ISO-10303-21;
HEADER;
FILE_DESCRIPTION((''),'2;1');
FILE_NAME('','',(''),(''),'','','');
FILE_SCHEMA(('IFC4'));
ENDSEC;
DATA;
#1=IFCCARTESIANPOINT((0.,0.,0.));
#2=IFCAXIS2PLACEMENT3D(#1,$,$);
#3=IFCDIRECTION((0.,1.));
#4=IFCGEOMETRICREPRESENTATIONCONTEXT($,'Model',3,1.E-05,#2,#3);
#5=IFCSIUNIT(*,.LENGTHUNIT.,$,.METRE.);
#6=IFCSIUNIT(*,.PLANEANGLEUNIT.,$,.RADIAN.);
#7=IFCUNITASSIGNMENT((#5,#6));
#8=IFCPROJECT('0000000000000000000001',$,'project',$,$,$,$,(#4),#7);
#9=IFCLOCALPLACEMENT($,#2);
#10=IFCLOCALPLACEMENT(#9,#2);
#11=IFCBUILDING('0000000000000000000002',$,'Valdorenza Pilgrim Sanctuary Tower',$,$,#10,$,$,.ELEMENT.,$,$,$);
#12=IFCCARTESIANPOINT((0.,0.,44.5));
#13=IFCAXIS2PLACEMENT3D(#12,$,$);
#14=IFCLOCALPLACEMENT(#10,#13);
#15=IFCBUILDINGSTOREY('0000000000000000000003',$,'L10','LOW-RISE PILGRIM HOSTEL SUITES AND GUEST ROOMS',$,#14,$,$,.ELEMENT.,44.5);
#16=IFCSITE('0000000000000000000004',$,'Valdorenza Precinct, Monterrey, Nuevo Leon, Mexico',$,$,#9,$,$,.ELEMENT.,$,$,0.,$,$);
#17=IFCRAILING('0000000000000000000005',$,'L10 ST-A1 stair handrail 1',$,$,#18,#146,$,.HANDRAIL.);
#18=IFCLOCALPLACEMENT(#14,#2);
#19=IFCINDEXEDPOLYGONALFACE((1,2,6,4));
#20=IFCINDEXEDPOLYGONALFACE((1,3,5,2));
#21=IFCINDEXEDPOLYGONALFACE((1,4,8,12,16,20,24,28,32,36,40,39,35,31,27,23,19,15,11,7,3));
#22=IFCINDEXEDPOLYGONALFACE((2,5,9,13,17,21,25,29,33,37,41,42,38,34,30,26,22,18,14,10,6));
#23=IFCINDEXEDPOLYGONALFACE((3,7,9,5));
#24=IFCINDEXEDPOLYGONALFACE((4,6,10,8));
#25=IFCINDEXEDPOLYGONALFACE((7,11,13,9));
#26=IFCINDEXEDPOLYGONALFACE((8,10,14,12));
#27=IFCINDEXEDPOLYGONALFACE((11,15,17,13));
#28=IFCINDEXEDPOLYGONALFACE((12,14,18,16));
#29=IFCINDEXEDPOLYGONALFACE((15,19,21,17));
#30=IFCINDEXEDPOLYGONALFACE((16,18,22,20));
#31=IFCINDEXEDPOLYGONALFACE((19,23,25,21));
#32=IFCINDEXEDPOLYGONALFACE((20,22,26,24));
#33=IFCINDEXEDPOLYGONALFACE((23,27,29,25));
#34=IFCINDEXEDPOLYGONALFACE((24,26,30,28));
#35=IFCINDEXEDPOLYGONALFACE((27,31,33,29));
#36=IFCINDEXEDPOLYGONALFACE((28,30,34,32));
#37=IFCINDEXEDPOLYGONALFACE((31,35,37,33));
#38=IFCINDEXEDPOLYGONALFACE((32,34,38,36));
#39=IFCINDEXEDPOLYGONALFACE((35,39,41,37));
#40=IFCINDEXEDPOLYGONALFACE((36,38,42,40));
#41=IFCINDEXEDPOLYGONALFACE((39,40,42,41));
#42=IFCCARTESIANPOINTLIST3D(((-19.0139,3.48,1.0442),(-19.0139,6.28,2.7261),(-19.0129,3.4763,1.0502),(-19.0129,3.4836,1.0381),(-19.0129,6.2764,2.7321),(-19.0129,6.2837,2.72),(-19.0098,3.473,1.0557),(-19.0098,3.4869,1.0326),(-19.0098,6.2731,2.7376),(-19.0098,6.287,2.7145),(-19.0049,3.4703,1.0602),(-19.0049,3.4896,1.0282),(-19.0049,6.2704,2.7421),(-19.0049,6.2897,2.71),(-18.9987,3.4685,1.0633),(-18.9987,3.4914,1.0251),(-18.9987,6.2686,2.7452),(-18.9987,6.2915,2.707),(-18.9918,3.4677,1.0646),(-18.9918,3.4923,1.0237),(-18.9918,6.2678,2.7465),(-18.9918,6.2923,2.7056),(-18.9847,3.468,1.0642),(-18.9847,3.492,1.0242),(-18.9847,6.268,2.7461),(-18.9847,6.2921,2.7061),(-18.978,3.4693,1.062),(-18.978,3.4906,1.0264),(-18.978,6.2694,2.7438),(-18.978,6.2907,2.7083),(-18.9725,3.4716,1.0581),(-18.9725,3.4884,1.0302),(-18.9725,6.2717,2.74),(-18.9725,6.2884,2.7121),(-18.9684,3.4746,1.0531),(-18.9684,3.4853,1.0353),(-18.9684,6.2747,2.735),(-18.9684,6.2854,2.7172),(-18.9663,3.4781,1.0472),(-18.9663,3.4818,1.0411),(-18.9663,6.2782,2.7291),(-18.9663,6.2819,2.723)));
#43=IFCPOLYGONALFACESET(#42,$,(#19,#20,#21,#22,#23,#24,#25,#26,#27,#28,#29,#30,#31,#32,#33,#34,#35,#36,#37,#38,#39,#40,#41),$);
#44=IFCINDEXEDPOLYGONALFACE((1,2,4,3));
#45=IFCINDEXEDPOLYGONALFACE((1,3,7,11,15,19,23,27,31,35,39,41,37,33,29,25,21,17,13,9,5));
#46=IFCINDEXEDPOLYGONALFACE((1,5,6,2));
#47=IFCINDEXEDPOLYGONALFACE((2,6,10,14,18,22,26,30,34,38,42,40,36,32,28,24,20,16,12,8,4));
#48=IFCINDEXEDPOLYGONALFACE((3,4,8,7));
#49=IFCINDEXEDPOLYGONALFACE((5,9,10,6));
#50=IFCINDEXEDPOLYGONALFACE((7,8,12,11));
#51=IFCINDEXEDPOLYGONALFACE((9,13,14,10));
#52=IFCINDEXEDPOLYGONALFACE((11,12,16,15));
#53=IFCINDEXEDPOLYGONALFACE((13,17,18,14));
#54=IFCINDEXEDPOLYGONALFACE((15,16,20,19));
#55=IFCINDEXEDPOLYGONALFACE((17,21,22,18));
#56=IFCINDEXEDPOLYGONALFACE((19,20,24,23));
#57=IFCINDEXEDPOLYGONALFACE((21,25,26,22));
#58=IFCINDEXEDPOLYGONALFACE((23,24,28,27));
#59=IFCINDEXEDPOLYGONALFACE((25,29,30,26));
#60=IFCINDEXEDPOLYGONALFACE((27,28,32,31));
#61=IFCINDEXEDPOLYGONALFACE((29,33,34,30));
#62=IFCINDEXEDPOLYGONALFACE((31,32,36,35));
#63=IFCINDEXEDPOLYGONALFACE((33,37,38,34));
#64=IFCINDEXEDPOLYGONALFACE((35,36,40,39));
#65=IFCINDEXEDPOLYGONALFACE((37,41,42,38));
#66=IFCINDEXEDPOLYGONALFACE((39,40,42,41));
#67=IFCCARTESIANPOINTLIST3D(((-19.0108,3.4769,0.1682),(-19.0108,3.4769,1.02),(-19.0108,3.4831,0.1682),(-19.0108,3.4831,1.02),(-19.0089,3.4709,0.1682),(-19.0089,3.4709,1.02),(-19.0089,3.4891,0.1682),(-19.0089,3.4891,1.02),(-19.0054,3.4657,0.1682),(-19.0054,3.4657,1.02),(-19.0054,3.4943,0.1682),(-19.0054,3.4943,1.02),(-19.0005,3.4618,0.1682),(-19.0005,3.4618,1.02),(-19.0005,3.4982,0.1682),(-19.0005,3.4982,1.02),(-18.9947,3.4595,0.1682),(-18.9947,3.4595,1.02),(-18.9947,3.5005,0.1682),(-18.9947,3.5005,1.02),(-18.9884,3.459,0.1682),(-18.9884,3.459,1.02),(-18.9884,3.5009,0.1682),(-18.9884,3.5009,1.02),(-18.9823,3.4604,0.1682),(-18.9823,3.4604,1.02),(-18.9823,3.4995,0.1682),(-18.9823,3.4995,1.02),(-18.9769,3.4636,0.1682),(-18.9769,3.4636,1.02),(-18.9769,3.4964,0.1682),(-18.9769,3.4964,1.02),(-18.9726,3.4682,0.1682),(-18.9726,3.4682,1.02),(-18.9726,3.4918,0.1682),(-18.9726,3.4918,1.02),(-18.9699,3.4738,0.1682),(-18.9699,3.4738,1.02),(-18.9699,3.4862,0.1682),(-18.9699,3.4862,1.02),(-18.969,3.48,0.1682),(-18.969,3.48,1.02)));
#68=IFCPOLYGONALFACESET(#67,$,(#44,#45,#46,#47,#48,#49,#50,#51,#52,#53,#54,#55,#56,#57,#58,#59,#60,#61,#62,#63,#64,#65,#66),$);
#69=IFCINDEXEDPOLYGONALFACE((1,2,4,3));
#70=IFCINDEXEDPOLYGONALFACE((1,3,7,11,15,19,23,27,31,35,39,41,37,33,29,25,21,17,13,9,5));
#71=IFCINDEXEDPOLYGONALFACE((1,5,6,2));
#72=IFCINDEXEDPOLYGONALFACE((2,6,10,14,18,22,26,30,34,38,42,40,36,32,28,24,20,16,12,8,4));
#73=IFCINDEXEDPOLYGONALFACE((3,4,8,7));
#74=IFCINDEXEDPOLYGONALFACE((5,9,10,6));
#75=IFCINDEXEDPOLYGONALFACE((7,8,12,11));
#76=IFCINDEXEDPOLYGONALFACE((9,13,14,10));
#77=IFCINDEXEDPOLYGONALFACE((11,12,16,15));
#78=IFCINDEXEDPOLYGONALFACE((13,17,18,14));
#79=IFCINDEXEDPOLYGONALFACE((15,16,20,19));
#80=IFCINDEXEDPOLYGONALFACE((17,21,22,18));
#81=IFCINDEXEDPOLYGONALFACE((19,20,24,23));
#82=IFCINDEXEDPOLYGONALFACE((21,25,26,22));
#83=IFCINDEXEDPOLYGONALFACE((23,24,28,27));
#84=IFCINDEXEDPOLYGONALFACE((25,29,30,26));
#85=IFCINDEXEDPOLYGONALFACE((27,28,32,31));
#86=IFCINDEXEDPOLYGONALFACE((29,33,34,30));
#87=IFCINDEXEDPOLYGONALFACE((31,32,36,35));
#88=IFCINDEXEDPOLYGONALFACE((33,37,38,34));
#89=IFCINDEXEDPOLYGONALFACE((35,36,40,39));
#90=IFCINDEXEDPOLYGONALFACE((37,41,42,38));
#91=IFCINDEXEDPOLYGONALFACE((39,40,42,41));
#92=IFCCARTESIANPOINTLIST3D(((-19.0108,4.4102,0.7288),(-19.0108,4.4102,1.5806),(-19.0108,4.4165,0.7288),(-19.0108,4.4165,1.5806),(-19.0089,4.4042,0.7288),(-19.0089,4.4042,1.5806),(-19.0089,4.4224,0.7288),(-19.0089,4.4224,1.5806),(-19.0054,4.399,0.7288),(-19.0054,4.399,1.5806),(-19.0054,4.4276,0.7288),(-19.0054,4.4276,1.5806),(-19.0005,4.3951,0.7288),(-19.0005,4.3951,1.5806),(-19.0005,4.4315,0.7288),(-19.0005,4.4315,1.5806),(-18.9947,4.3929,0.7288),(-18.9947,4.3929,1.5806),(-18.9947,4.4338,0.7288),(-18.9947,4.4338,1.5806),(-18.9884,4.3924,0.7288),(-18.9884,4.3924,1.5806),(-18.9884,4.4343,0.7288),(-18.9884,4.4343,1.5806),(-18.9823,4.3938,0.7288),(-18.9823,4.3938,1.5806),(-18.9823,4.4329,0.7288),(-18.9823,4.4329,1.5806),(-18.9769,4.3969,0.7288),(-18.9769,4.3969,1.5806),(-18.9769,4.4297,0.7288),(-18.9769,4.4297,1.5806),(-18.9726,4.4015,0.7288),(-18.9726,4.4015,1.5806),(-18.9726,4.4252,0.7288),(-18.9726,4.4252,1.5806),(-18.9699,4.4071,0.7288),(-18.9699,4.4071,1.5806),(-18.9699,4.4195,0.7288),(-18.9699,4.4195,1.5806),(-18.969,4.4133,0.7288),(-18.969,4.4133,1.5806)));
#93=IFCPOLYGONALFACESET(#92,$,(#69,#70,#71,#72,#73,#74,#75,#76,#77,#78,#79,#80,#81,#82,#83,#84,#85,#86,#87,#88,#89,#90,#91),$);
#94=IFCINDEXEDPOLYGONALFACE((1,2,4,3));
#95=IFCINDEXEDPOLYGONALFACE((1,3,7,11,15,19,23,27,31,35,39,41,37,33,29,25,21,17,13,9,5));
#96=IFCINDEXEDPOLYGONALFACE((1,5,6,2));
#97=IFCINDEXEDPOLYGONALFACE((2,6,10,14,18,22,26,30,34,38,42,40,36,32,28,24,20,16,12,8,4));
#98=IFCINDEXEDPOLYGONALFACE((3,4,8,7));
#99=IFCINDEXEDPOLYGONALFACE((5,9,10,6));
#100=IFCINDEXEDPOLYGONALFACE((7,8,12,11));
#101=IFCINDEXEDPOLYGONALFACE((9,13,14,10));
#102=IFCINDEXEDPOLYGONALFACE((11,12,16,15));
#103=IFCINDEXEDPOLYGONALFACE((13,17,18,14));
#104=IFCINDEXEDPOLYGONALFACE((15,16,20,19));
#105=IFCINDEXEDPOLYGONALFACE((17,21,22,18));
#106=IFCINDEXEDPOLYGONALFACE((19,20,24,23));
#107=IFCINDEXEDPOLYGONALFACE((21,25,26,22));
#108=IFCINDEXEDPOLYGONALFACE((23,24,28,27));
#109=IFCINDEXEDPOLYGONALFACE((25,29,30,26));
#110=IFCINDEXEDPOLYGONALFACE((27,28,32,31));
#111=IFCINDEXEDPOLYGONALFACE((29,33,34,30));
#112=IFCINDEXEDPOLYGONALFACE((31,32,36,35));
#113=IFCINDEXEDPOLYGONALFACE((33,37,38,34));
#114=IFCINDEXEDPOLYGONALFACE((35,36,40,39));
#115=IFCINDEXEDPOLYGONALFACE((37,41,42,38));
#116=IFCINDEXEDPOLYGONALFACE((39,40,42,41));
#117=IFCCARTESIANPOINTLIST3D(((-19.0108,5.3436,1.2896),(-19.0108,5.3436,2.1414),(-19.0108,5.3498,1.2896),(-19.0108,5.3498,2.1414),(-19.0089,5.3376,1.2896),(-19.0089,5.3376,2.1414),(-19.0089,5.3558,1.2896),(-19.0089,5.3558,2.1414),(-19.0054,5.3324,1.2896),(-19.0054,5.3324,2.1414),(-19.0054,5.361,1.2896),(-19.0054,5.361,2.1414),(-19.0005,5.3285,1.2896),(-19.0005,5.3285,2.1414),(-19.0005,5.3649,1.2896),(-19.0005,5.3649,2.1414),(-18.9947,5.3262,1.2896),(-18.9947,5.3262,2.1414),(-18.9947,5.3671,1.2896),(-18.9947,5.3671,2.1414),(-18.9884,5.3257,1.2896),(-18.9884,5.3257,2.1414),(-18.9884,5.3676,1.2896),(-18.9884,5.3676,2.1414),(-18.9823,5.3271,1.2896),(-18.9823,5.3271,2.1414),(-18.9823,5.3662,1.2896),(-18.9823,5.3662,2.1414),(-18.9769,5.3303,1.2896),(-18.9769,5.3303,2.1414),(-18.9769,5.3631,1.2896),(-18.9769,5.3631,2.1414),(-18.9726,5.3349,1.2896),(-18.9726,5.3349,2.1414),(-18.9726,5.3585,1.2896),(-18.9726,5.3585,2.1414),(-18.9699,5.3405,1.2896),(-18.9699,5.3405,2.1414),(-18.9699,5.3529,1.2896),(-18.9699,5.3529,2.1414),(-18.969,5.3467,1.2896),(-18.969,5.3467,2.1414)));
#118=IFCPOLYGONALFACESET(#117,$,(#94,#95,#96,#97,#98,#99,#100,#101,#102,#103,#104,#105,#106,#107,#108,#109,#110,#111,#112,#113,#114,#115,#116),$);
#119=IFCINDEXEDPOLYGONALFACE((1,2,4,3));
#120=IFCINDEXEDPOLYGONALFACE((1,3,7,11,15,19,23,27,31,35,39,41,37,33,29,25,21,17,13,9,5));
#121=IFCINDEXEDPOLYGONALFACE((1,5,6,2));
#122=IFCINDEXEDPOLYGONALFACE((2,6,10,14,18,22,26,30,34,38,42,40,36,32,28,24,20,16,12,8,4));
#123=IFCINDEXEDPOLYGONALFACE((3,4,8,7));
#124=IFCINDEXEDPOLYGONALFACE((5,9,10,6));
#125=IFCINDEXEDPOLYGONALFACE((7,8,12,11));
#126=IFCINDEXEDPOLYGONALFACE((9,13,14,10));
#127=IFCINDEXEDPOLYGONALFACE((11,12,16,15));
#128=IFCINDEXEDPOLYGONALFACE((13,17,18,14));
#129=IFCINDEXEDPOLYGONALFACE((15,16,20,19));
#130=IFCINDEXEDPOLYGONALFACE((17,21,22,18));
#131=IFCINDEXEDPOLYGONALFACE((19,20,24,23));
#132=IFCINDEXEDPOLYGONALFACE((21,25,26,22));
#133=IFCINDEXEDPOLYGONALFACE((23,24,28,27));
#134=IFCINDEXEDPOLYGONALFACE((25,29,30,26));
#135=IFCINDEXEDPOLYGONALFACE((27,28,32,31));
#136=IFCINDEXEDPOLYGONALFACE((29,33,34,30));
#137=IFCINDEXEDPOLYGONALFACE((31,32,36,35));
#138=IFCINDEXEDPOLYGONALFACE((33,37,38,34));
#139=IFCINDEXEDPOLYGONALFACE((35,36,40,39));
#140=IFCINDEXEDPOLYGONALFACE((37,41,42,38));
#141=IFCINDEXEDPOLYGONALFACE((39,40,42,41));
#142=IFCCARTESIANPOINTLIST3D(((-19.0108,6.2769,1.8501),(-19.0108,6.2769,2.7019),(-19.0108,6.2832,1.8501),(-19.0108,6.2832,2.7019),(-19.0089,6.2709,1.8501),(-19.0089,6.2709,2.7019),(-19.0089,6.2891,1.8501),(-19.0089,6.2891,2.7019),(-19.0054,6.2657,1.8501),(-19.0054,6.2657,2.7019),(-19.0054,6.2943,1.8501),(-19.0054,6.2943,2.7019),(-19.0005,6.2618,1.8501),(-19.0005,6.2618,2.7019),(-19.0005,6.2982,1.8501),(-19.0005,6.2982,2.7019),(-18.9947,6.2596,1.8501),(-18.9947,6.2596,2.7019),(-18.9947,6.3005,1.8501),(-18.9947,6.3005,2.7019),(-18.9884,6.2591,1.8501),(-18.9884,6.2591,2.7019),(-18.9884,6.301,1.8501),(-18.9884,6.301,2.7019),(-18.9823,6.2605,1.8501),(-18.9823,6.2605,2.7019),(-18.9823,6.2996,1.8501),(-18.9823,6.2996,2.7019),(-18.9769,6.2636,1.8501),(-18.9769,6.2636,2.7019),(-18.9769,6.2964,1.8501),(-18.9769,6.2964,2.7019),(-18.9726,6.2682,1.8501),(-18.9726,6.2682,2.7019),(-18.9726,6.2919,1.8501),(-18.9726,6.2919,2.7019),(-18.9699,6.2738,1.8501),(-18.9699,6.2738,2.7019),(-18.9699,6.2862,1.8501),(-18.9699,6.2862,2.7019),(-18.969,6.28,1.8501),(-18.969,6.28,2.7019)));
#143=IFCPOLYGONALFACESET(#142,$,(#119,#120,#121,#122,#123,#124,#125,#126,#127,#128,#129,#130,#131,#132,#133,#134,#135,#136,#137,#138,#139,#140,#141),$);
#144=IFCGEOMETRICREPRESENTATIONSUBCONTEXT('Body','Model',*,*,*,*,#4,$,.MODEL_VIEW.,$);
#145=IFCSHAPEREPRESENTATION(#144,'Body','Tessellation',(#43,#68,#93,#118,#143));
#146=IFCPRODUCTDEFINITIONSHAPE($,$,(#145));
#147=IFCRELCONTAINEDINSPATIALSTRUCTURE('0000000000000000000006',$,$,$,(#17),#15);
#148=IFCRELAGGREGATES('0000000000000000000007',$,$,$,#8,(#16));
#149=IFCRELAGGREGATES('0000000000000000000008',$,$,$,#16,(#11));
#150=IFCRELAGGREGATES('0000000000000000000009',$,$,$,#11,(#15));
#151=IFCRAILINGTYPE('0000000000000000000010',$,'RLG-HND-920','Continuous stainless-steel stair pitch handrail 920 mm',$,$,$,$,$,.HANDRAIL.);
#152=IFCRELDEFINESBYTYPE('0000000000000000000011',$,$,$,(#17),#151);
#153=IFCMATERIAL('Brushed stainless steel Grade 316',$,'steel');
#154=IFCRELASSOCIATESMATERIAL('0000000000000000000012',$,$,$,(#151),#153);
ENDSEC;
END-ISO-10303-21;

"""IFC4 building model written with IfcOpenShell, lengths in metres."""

from ifc_helpers import new_model, si_unit, direction, frame, origin, origin_2d, place, context, subcontext, project, spatial, circle, extrude, material, type_object, element, save


model = new_model("IFC4")

# Units and contexts
model_context = context("Model", 3, precision=1e-05, world=origin(), true_north=direction((0.0, 1.0)))
body_context = subcontext(model_context, "Body", "Model", "MODEL_VIEW")
ifc_project = project(units=[si_unit("LENGTHUNIT", "METRE"), si_unit("PLANEANGLEUNIT", "RADIAN")], contexts=[model_context])

# Site, building, storey
site_placement = place(None, origin())
site = spatial("IfcSite", under=ifc_project, at=site_placement, Name="Valdorenza Precinct, Monterrey, Nuevo Leon, Mexico", CompositionType="ELEMENT", RefElevation=0.0)
building_placement = place(site_placement, origin())
building = spatial("IfcBuilding", under=site, at=building_placement, Name="Valdorenza Pilgrim Sanctuary Tower", CompositionType="ELEMENT")
storey_placement = place(building_placement, frame((0.0, 0.0, 44.5)))
storey = spatial("IfcBuildingStorey", under=building, at=storey_placement, Name="L10", Description="LOW-RISE PILGRIM HOSTEL SUITES AND GUEST ROOMS", CompositionType="ELEMENT", Elevation=44.5)

# Shared definitions
ifc_material_1 = material(Name="Brushed stainless steel Grade 316", Category="steel")

# Railing
railing_type_1 = type_object("IfcRailingType", Name="RLG-HND-920", Description="Continuous stainless-steel stair pitch handrail 920 mm", PredefinedType="HANDRAIL", material=ifc_material_1)
railing_1_placement = place(storey_placement, frame((-18.99, 3.48, 0.1682)))
element("IfcRailing", 1, at=railing_1_placement, inside=storey, type_object=railing_type_1, Name="L10 ST-A1 stair handrail 1", PredefinedType="HANDRAIL", context=body_context, shape_type="SweptSolid", body=[
    extrude(circle(Radius=0.0239, at=origin_2d()), frame((0.0, 0.0, 0.876), z_axis=(0.0, 0.857242, 0.514913), x_axis=(-1.0, 0.0, 0.0)), (0.0, 0.0, 1.0), 3.2664),
    extrude(circle(Radius=0.021, at=origin_2d()), origin(), (0.0, 0.0, 1.0), 0.8518),
    extrude(circle(Radius=0.021, at=origin_2d()), frame((0.0, 0.9333, 0.5605)), (0.0, 0.0, 1.0), 0.8518),
    extrude(circle(Radius=0.021, at=origin_2d()), frame((0.0, 1.8667, 1.1213)), (0.0, 0.0, 1.0), 0.8518),
    extrude(circle(Radius=0.021, at=origin_2d()), frame((0.0, 2.8, 1.6819)), (0.0, 0.0, 1.0), 0.8518),
])

save(model, "model.ifc")
